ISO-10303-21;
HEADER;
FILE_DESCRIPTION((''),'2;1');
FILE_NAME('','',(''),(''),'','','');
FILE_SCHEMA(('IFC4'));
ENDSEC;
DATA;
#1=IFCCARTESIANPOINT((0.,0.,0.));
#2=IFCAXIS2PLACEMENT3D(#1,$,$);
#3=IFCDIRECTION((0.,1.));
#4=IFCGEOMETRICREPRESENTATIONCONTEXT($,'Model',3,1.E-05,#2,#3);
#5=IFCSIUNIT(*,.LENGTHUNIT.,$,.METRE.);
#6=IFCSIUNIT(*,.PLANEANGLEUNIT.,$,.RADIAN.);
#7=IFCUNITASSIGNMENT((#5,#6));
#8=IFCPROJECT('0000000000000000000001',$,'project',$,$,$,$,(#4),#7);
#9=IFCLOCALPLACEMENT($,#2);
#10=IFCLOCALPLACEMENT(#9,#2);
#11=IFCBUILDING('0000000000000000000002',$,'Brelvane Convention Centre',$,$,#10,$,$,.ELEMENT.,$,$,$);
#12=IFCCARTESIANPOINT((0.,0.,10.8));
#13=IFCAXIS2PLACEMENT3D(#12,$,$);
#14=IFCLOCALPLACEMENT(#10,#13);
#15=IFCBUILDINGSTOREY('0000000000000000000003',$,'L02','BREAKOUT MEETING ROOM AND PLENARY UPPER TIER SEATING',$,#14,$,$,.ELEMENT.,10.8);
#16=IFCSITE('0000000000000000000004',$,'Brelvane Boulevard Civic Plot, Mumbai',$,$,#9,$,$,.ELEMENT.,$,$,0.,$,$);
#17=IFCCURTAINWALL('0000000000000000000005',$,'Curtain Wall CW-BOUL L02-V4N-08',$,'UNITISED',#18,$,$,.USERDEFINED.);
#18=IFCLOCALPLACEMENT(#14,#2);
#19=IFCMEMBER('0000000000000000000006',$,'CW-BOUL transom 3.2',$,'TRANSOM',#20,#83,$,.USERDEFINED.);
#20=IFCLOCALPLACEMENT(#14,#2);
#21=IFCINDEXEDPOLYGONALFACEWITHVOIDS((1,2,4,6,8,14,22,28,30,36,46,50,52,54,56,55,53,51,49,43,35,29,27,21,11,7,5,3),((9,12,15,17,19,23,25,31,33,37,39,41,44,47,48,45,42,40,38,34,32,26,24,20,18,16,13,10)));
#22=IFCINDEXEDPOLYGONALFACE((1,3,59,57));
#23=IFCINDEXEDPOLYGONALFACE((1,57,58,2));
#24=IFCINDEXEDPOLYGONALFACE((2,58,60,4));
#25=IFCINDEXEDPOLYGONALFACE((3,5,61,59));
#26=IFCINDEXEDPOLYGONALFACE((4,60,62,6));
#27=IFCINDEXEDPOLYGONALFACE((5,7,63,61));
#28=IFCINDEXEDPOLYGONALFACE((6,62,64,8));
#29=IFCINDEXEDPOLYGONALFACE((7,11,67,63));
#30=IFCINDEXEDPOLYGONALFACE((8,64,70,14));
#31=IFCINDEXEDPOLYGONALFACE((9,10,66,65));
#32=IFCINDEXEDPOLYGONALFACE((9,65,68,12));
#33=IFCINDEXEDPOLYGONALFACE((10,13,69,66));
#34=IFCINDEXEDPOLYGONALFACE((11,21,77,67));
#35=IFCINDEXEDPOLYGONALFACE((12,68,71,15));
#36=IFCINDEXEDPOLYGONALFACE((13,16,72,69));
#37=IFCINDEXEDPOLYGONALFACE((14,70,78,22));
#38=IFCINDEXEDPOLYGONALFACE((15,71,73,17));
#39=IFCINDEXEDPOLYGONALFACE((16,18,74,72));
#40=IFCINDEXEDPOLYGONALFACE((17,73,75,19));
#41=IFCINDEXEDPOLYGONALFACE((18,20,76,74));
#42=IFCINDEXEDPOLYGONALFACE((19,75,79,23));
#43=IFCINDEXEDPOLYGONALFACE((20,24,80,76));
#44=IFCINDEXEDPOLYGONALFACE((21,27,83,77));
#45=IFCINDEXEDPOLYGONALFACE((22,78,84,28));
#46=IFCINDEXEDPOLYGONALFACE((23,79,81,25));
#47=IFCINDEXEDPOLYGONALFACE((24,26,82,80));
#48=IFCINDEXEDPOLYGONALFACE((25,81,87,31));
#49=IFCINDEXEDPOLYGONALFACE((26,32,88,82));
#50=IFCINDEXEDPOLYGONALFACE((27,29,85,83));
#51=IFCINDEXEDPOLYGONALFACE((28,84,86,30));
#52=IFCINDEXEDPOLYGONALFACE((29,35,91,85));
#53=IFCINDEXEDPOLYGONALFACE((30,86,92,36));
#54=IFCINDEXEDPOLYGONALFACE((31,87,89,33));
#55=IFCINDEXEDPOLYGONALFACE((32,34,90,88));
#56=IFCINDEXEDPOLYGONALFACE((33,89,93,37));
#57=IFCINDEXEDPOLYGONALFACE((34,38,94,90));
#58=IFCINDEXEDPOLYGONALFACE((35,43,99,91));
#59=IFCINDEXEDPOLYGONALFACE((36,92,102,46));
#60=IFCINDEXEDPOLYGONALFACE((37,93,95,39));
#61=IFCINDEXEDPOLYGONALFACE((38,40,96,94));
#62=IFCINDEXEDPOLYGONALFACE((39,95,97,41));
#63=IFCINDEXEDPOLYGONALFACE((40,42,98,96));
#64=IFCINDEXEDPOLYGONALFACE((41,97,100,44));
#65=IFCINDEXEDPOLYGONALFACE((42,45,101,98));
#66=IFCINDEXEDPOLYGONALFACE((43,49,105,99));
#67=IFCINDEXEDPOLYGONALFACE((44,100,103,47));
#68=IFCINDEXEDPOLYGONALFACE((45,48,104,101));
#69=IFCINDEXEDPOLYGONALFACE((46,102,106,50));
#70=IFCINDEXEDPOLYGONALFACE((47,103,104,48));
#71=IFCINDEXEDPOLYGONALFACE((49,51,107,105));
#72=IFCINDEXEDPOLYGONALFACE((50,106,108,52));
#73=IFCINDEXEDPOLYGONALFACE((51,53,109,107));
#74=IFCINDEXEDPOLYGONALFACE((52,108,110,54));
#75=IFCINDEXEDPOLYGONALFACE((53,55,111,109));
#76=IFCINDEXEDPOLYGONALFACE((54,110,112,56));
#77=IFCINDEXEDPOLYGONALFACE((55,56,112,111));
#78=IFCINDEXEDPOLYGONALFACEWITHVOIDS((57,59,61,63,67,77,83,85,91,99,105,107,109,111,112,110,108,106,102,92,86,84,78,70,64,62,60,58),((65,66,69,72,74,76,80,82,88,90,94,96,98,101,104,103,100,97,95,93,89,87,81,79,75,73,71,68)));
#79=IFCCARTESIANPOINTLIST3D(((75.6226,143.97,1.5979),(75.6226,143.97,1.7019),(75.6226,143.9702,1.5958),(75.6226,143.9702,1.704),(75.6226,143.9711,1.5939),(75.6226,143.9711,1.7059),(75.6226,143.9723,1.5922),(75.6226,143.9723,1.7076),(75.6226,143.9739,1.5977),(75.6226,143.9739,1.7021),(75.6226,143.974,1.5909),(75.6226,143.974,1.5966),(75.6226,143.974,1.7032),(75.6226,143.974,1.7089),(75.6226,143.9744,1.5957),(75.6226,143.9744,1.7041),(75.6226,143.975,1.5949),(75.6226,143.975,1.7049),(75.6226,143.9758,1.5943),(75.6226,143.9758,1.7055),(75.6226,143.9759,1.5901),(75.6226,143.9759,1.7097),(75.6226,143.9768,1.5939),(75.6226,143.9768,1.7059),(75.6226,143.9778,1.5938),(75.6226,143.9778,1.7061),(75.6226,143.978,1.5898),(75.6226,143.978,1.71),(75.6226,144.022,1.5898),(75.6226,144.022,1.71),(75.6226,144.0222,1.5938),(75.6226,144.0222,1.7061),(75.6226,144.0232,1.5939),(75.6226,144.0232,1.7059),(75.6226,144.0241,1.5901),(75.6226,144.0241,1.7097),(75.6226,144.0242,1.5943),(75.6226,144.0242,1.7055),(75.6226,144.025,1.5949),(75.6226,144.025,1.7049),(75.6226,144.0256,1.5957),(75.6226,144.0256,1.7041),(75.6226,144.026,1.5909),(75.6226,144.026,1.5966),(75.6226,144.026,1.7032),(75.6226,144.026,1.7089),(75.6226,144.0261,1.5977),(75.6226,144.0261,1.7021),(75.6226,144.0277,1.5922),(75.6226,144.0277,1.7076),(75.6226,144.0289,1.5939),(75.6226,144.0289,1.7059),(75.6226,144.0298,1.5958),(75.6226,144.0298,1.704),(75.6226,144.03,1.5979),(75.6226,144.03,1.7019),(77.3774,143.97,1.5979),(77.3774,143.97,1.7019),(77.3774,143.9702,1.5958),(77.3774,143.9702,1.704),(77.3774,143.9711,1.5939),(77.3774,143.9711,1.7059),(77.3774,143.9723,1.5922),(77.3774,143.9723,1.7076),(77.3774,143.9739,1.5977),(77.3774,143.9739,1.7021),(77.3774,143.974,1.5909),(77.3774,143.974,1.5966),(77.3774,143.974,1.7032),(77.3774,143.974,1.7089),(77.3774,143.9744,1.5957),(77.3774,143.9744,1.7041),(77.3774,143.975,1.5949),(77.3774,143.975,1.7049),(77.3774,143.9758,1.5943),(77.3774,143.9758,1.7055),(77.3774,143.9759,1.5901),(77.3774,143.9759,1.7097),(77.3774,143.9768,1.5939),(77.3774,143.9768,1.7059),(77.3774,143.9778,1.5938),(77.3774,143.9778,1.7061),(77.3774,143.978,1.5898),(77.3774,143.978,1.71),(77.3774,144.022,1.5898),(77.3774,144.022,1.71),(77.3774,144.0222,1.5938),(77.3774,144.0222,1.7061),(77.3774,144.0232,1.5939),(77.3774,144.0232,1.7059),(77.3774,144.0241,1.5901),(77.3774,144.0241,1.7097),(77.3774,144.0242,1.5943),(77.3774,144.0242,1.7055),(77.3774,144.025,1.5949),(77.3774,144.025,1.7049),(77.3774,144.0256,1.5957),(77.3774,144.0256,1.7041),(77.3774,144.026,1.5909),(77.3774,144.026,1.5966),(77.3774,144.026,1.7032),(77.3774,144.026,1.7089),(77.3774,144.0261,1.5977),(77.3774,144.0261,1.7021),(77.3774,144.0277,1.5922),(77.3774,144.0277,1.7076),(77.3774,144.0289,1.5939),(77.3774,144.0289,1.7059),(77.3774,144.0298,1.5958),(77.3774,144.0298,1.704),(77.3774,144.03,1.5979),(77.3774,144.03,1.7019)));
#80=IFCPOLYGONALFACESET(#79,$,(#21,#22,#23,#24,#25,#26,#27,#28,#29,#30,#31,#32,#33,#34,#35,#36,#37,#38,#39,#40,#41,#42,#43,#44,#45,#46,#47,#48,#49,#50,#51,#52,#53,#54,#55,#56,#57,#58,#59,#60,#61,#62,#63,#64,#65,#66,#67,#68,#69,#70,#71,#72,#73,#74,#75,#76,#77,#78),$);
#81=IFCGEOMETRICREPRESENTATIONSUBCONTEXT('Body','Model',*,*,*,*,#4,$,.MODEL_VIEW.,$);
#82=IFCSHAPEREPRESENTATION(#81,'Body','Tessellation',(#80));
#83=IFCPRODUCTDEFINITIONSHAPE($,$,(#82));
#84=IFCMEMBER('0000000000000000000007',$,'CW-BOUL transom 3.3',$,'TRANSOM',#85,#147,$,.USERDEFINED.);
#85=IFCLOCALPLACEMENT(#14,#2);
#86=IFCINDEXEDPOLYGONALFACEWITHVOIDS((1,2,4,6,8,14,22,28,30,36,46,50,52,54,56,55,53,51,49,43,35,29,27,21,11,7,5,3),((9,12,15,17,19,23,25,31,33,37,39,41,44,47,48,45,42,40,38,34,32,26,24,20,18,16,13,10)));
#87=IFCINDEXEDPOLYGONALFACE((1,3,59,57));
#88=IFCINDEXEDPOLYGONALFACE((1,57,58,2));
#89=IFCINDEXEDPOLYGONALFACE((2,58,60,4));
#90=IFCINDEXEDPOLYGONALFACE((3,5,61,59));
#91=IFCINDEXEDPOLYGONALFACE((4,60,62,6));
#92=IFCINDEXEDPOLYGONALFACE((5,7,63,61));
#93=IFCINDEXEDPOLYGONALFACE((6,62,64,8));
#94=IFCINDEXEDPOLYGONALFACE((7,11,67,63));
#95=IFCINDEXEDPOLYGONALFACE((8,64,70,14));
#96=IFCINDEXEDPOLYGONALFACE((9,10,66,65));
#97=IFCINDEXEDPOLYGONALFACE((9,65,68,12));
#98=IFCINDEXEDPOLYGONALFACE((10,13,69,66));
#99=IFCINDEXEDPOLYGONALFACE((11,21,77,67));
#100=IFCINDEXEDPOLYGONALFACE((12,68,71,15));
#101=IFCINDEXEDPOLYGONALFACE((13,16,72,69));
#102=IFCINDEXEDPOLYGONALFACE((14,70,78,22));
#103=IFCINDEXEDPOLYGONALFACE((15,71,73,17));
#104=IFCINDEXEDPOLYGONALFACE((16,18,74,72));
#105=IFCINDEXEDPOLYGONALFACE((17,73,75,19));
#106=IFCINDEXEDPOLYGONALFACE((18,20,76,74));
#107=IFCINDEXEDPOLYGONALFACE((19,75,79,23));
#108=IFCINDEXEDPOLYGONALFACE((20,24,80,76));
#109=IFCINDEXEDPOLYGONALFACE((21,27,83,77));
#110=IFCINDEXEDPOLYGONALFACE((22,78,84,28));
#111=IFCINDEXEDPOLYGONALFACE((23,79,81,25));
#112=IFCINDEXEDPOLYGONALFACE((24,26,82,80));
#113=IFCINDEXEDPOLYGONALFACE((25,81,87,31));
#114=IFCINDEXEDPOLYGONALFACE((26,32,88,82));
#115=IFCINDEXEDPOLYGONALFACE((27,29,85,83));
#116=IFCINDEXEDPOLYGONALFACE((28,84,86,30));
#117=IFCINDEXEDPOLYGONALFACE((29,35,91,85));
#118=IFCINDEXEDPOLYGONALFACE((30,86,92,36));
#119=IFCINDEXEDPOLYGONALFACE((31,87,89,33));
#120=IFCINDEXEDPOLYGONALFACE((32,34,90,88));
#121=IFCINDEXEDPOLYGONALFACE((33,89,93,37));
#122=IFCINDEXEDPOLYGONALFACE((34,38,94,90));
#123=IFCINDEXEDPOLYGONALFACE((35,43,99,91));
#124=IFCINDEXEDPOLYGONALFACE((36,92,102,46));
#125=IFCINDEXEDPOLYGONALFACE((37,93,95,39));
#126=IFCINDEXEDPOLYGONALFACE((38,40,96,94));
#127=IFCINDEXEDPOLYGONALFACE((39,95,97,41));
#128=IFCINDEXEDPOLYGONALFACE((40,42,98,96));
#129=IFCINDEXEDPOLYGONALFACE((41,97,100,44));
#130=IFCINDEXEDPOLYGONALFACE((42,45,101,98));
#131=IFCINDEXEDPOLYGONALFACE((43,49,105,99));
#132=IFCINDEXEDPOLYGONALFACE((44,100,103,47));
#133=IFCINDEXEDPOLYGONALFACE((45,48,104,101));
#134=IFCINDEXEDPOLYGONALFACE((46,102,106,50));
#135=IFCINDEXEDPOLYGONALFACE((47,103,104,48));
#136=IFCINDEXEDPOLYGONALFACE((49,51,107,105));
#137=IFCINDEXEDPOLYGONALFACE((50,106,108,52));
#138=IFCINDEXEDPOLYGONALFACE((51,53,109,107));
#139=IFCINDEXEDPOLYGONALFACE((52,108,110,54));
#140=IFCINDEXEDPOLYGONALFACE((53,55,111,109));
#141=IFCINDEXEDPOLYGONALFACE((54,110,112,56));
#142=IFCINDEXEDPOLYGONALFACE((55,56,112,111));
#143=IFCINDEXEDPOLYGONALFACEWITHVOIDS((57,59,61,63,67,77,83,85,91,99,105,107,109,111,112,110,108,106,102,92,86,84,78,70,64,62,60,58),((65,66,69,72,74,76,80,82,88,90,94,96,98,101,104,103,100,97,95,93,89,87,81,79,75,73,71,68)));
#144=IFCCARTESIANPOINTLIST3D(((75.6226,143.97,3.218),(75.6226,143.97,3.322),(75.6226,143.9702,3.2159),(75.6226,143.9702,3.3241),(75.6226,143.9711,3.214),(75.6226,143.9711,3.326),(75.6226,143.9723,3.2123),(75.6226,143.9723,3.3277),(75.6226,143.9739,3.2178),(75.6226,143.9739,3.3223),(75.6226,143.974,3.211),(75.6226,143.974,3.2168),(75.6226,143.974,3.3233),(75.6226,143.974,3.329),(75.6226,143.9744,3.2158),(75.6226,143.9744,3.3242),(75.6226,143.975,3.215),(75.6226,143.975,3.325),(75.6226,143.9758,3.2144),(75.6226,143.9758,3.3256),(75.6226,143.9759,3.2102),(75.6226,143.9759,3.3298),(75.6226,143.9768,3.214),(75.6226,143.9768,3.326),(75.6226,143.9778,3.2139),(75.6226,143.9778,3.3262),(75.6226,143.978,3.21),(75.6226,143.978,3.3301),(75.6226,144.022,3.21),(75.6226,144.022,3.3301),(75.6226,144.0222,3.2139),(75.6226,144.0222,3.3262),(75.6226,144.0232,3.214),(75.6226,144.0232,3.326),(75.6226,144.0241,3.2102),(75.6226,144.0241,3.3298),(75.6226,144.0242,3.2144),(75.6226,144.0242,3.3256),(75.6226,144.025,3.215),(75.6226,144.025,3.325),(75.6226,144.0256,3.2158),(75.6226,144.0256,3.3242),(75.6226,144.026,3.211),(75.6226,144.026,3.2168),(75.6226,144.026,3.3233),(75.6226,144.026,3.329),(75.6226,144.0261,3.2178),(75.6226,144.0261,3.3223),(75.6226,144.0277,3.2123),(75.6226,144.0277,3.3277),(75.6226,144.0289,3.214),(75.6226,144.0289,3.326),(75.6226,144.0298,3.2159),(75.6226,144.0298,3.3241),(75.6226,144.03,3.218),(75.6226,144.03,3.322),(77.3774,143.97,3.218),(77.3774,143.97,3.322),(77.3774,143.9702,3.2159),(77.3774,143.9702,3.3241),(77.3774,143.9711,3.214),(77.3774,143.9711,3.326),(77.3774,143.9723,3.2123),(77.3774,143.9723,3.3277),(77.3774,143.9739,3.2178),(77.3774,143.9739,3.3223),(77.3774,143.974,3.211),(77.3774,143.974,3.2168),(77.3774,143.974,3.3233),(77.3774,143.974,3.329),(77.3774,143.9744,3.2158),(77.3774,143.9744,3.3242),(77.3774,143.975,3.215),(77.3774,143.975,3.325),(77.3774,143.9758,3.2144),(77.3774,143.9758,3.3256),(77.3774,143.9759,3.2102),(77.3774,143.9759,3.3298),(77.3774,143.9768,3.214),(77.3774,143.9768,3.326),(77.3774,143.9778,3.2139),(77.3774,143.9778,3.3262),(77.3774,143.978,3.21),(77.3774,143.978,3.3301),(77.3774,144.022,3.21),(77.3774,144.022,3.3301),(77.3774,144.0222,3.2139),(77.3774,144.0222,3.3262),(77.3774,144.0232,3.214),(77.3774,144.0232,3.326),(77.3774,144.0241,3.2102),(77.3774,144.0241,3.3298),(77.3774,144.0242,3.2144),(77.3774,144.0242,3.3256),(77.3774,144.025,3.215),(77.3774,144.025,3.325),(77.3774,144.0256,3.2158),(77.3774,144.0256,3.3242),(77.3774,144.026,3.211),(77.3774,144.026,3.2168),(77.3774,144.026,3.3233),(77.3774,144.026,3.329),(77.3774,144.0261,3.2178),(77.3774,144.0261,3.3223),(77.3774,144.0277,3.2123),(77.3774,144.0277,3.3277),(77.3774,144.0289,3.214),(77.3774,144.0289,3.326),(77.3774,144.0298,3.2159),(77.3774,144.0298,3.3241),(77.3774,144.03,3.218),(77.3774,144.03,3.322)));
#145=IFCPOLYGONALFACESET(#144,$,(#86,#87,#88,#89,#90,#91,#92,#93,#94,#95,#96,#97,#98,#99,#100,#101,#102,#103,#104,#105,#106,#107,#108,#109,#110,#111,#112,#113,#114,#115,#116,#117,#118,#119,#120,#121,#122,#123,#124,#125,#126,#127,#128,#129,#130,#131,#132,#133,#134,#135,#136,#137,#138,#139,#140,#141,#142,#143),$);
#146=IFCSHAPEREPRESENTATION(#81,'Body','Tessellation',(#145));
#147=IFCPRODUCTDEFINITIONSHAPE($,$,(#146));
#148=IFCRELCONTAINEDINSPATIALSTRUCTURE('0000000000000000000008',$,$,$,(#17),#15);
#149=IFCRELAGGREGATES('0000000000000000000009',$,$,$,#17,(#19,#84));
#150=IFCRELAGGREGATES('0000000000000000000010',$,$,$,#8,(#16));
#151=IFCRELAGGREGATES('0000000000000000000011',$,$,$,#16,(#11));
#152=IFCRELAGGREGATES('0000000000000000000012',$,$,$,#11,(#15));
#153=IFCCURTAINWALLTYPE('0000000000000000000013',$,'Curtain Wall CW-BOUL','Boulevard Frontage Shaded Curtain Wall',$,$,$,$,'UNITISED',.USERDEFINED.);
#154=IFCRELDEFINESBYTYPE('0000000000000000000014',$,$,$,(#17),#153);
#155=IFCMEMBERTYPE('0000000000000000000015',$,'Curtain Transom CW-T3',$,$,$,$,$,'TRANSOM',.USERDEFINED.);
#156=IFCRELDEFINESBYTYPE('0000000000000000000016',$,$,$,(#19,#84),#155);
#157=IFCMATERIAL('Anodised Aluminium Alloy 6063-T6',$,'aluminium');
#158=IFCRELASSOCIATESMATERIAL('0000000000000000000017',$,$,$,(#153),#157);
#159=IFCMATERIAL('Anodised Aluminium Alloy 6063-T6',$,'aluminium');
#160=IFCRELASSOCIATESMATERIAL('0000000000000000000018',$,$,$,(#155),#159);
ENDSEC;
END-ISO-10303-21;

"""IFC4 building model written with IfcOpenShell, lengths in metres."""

from ifc_helpers import new_model, si_unit, direction, frame, origin, origin_2d, place, context, subcontext, project, spatial, hollow_rectangle, extrude, material, material_profile, profile_set, type_object, element, aggregate, save


model = new_model("IFC4")

# Units and contexts
model_context = context("Model", 3, precision=1e-05, world=origin(), true_north=direction((0.0, 1.0)))
body_context = subcontext(model_context, "Body", "Model", "MODEL_VIEW")
ifc_project = project(units=[si_unit("LENGTHUNIT", "METRE"), si_unit("PLANEANGLEUNIT", "RADIAN")], contexts=[model_context])

# Site, building, storey
site_placement = place(None, origin())
site = spatial("IfcSite", under=ifc_project, at=site_placement, Name="Brelvane Boulevard Civic Plot, Mumbai", CompositionType="ELEMENT", RefElevation=0.0)
building_placement = place(site_placement, origin())
building = spatial("IfcBuilding", under=site, at=building_placement, Name="Brelvane Convention Centre", CompositionType="ELEMENT")
storey_placement = place(building_placement, frame((0.0, 0.0, 10.8)))
storey = spatial("IfcBuildingStorey", under=building, at=storey_placement, Name="L02", Description="BREAKOUT MEETING ROOM AND PLENARY UPPER TIER SEATING", CompositionType="ELEMENT", Elevation=10.8)

# Curtain wall, members
ifc_material_1 = material(Name="Anodised Aluminium Alloy 6063-T6", Category="aluminium")
curtain_wall_type = type_object("IfcCurtainWallType", Name="Curtain Wall CW-BOUL", Description="Boulevard Frontage Shaded Curtain Wall", ElementType="UNITISED", PredefinedType="USERDEFINED", material=ifc_material_1)
curtain_wall_placement = place(storey_placement, origin())
curtain_wall = element("IfcCurtainWall", 1, at=curtain_wall_placement, inside=storey, type_object=curtain_wall_type, Name="Curtain Wall CW-BOUL L02-V4N-08", ObjectType="UNITISED", PredefinedType="USERDEFINED")
ifc_material_2 = material(Name="Anodised Aluminium Alloy 6063-T6", Category="aluminium")
ifc_material_profile_1 = material_profile(ifc_material_2, hollow_rectangle(XDim=0.0601, YDim=0.1201, WallThickness=0.0039, InnerFilletRadius=0.0039, OuterFilletRadius=0.0081, at=origin_2d()), Name="ALU-T 120x60x4.0")
ifc_profile_set_1 = profile_set([ifc_material_profile_1], Name="Anodised Aluminium Alloy 6063-T6")
member_type_1 = type_object("IfcMemberType", Name="Curtain Transom CW-T3", ElementType="TRANSOM", PredefinedType="USERDEFINED", material=ifc_profile_set_1)
member_1_placement = place(storey_placement, frame((75.6226, 144.0, 1.6499), z_axis=(1.0, 0.0, 0.0), x_axis=(0.0, 1.0, 0.0)))
member_1 = element("IfcMember", 2, at=member_1_placement, type_object=member_type_1, Name="CW-BOUL transom 3.2", ObjectType="TRANSOM", PredefinedType="USERDEFINED", context=body_context, shape_type="SweptSolid", body=[
    extrude(hollow_rectangle(XDim=0.0601, YDim=0.1201, WallThickness=0.0039, InnerFilletRadius=0.0039, OuterFilletRadius=0.0081, at=origin_2d()), origin(), (0.0, 0.0, 1.0), 1.7549),
])
member_2_placement = place(storey_placement, frame((75.6226, 144.0, 3.27), z_axis=(1.0, 0.0, 0.0), x_axis=(0.0, 1.0, 0.0)))
member_2 = element("IfcMember", 3, at=member_2_placement, type_object=member_type_1, Name="CW-BOUL transom 3.3", ObjectType="TRANSOM", PredefinedType="USERDEFINED", context=body_context, shape_type="SweptSolid", body=[
    extrude(hollow_rectangle(XDim=0.0601, YDim=0.1201, WallThickness=0.0039, InnerFilletRadius=0.0039, OuterFilletRadius=0.0081, at=origin_2d()), origin(), (0.0, 0.0, 1.0), 1.7549),
])

aggregate(curtain_wall, [member_1, member_2])

save(model, "model.ifc")
